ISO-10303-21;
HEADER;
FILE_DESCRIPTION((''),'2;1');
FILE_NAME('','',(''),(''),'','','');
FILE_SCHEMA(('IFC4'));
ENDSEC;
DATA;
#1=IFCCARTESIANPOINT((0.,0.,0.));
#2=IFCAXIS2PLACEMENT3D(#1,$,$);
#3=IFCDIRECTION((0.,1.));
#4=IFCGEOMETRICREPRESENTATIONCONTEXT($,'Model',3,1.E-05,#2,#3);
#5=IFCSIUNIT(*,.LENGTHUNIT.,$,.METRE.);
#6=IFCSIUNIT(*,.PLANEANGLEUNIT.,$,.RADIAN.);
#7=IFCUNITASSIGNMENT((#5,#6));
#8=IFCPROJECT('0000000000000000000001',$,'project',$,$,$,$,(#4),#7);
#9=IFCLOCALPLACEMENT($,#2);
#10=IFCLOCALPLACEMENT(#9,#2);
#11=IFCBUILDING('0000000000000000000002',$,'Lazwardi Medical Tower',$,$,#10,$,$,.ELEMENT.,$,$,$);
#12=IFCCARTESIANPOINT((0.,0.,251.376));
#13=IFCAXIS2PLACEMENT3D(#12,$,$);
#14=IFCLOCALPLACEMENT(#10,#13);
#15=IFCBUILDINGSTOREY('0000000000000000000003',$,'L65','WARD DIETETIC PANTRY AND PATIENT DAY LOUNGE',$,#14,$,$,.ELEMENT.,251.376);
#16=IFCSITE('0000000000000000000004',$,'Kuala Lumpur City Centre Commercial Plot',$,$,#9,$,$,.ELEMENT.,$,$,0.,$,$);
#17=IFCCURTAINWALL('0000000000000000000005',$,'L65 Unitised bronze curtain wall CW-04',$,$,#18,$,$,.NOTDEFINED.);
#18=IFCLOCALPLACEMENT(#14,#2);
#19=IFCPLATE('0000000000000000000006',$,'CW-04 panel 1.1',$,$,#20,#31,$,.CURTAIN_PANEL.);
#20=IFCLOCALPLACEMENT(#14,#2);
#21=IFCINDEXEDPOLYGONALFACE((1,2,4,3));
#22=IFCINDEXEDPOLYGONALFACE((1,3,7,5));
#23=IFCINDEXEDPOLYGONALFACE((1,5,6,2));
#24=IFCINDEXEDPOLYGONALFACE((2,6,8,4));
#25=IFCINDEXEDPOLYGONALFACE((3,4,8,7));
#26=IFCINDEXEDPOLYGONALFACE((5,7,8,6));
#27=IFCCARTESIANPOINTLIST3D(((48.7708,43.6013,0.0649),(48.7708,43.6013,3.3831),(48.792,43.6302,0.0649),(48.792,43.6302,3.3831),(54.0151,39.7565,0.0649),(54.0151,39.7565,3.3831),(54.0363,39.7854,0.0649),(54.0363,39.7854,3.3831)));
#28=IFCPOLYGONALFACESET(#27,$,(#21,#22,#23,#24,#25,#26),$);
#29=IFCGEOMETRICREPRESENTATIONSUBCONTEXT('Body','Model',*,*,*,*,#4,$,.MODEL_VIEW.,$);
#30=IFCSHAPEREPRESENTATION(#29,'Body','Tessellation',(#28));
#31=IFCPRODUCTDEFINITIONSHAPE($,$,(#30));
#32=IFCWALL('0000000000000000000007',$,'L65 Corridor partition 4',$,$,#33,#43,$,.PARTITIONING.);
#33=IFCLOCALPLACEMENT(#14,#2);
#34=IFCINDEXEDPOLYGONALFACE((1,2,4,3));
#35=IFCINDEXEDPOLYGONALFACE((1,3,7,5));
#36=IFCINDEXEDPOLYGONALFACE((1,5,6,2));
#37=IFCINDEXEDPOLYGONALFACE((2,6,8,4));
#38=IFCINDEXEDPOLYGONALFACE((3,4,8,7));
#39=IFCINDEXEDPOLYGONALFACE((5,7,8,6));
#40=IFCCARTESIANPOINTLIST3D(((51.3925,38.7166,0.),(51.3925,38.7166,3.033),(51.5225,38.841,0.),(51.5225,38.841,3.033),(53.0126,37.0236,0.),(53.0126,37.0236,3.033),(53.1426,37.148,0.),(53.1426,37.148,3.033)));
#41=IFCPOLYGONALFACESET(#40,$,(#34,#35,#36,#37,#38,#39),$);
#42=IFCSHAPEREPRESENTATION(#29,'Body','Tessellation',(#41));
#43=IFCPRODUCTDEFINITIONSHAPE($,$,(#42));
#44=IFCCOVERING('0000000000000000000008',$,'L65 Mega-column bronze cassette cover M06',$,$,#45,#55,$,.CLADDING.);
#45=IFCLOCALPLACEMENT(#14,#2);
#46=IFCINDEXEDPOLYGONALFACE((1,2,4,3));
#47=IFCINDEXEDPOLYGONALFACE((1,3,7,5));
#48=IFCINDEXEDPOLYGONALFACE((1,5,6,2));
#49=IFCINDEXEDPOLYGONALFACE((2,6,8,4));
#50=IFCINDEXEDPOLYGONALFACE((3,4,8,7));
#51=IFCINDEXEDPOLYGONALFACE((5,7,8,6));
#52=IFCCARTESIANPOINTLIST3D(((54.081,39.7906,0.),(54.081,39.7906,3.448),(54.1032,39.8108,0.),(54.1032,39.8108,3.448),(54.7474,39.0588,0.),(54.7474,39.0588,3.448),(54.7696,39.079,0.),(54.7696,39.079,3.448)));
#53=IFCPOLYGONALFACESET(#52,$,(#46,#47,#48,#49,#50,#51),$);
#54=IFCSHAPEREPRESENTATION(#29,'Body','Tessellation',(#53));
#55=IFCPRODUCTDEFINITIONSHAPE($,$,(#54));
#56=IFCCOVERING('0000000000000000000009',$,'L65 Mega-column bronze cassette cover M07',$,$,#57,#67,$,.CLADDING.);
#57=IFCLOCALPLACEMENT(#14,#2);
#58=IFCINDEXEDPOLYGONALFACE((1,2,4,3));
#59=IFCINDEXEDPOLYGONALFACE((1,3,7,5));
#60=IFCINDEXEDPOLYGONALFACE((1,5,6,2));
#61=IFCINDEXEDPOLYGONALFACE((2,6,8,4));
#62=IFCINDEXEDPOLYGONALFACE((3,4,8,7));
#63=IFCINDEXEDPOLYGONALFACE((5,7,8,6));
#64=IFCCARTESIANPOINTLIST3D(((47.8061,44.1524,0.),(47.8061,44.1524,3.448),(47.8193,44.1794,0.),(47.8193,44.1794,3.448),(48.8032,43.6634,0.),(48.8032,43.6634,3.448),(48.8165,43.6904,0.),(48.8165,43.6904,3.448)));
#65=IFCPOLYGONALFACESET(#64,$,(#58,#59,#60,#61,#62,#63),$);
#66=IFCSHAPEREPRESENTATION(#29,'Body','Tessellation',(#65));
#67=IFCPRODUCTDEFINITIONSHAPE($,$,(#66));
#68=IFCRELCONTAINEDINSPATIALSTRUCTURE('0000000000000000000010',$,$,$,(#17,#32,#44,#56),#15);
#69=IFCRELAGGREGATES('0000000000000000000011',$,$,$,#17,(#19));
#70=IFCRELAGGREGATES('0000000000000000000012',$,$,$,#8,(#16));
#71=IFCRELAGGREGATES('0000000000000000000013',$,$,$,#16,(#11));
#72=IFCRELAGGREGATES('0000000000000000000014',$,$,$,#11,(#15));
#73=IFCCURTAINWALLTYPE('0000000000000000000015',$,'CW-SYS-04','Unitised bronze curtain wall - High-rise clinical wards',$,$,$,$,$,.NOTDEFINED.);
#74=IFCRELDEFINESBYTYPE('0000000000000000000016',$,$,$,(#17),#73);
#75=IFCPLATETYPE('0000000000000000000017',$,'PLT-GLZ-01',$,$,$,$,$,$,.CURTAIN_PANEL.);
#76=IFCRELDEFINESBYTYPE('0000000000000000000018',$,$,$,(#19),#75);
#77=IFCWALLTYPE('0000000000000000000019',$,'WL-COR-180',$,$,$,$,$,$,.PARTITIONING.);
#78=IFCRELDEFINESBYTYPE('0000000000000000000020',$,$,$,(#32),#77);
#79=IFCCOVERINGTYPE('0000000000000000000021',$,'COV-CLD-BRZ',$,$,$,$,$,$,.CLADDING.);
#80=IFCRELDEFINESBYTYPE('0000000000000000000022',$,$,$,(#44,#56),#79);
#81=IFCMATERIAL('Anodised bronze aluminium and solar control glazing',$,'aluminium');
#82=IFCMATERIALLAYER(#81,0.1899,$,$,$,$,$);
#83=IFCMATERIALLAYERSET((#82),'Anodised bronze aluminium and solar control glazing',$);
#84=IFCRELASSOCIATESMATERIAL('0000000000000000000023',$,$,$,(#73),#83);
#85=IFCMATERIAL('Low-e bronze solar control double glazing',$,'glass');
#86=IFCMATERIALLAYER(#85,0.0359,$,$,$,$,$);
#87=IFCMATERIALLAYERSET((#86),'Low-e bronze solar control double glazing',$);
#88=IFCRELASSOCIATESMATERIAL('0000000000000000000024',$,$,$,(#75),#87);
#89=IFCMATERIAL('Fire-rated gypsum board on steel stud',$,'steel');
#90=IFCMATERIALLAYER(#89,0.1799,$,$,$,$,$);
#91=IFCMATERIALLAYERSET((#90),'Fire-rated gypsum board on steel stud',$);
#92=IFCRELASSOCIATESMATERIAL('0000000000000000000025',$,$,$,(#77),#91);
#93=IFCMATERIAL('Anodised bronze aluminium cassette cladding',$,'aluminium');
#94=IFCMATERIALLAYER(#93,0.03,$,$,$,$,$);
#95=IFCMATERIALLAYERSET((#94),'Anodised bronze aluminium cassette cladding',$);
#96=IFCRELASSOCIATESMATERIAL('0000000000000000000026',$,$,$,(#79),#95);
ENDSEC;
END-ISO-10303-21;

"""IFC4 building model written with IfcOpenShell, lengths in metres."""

from ifc_helpers import new_model, si_unit, direction, frame, frame_2d, origin, origin_2d, place, context, subcontext, project, spatial, rectangle, extrude, material, layer, layer_set, type_object, element, aggregate, save


model = new_model("IFC4")

# Units and contexts
model_context = context("Model", 3, precision=1e-05, world=origin(), true_north=direction((0.0, 1.0)))
body_context = subcontext(model_context, "Body", "Model", "MODEL_VIEW")
ifc_project = project(units=[si_unit("LENGTHUNIT", "METRE"), si_unit("PLANEANGLEUNIT", "RADIAN")], contexts=[model_context])

# Site, building, storey
site_placement = place(None, origin())
site = spatial("IfcSite", under=ifc_project, at=site_placement, Name="Kuala Lumpur City Centre Commercial Plot", CompositionType="ELEMENT", RefElevation=0.0)
building_placement = place(site_placement, origin())
building = spatial("IfcBuilding", under=site, at=building_placement, Name="Lazwardi Medical Tower", CompositionType="ELEMENT")
storey_placement = place(building_placement, frame((0.0, 0.0, 251.376)))
storey = spatial("IfcBuildingStorey", under=building, at=storey_placement, Name="L65", Description="WARD DIETETIC PANTRY AND PATIENT DAY LOUNGE", CompositionType="ELEMENT", Elevation=251.376)

# Shared definitions
ifc_material_1 = material(Name="Anodised bronze aluminium and solar control glazing", Category="aluminium")
ifc_layer_1 = layer(ifc_material_1, 0.1899)
ifc_layer_set_1 = layer_set([ifc_layer_1], Name="Anodised bronze aluminium and solar control glazing")
curtain_wall_type = type_object("IfcCurtainWallType", Name="CW-SYS-04", Description="Unitised bronze curtain wall - High-rise clinical wards", PredefinedType="NOTDEFINED", material=ifc_layer_set_1)

# Curtain wall
curtain_wall_1_placement = place(storey_placement, origin())
curtain_wall_1 = element("IfcCurtainWall", 1, at=curtain_wall_1_placement, inside=storey, type_object=curtain_wall_type, Name="L65 Unitised bronze curtain wall CW-04", PredefinedType="NOTDEFINED")

# Plate
ifc_material_2 = material(Name="Low-e bronze solar control double glazing", Category="glass")
ifc_layer_2 = layer(ifc_material_2, 0.0359)
ifc_layer_set_2 = layer_set([ifc_layer_2], Name="Low-e bronze solar control double glazing")
plate_type = type_object("IfcPlateType", Name="PLT-GLZ-01", PredefinedType="CURTAIN_PANEL", material=ifc_layer_set_2)
plate_placement = place(storey_placement, frame((51.4036, 41.6934, 0.0649), z_axis=(0.0, 0.0, 1.0), x_axis=(-0.806475, 0.591268, 0.0)))
plate = element("IfcPlate", 2, at=plate_placement, type_object=plate_type, Name="CW-04 panel 1.1", PredefinedType="CURTAIN_PANEL", context=body_context, shape_type="SweptSolid", body=[
    extrude(rectangle(XDim=6.5027, YDim=0.0359, at=origin_2d()), origin(), (0.0, 0.0, 1.0), 3.3181),
])
aggregate(curtain_wall_1, [plate])

# Wall
ifc_material_3 = material(Name="Fire-rated gypsum board on steel stud", Category="steel")
ifc_layer_3 = layer(ifc_material_3, 0.1799)
ifc_layer_set_3 = layer_set([ifc_layer_3], Name="Fire-rated gypsum board on steel stud")
wall_type = type_object("IfcWallType", Name="WL-COR-180", PredefinedType="PARTITIONING", material=ifc_layer_set_3)
wall_placement = place(storey_placement, frame((51.4575, 38.7788, 0.0), z_axis=(0.0, 0.0, 1.0), x_axis=(0.69136, -0.722511, 0.0)))
element("IfcWall", 3, at=wall_placement, inside=storey, type_object=wall_type, Name="L65 Corridor partition 4", PredefinedType="PARTITIONING", context=body_context, shape_type="SweptSolid", body=[
    extrude(rectangle(XDim=2.3433, YDim=0.1799, at=frame_2d((1.1716, 0.0))), origin(), (0.0, 0.0, 1.0), 3.033),
])

# Coverings
ifc_material_4 = material(Name="Anodised bronze aluminium cassette cladding", Category="aluminium")
ifc_layer_4 = layer(ifc_material_4, 0.03)
ifc_layer_set_4 = layer_set([ifc_layer_4], Name="Anodised bronze aluminium cassette cladding")
covering_type = type_object("IfcCoveringType", Name="COV-CLD-BRZ", PredefinedType="CLADDING", material=ifc_layer_set_4)
covering_1_placement = place(storey_placement, frame((54.4253, 39.4348, 0.0), z_axis=(0.0, 0.0, 1.0), x_axis=(-0.673241, 0.739423, 0.0)))
element("IfcCovering", 4, at=covering_1_placement, inside=storey, type_object=covering_type, Name="L65 Mega-column bronze cassette cover M06", PredefinedType="CLADDING", context=body_context, shape_type="SweptSolid", body=[
    extrude(rectangle(XDim=0.9897, YDim=0.03, at=origin_2d()), origin(), (0.0, 0.0, 1.0), 3.448),
])
covering_2_placement = place(storey_placement, frame((48.3113, 43.9214, 0.0), z_axis=(0.0, 0.0, 1.0), x_axis=(-0.89784, 0.440322, 0.0)))
element("IfcCovering", 5, at=covering_2_placement, inside=storey, type_object=covering_type, Name="L65 Mega-column bronze cassette cover M07", PredefinedType="CLADDING", context=body_context, shape_type="SweptSolid", body=[
    extrude(rectangle(XDim=1.1106, YDim=0.03, at=origin_2d()), origin(), (0.0, 0.0, 1.0), 3.448),
])

save(model, "model.ifc")
